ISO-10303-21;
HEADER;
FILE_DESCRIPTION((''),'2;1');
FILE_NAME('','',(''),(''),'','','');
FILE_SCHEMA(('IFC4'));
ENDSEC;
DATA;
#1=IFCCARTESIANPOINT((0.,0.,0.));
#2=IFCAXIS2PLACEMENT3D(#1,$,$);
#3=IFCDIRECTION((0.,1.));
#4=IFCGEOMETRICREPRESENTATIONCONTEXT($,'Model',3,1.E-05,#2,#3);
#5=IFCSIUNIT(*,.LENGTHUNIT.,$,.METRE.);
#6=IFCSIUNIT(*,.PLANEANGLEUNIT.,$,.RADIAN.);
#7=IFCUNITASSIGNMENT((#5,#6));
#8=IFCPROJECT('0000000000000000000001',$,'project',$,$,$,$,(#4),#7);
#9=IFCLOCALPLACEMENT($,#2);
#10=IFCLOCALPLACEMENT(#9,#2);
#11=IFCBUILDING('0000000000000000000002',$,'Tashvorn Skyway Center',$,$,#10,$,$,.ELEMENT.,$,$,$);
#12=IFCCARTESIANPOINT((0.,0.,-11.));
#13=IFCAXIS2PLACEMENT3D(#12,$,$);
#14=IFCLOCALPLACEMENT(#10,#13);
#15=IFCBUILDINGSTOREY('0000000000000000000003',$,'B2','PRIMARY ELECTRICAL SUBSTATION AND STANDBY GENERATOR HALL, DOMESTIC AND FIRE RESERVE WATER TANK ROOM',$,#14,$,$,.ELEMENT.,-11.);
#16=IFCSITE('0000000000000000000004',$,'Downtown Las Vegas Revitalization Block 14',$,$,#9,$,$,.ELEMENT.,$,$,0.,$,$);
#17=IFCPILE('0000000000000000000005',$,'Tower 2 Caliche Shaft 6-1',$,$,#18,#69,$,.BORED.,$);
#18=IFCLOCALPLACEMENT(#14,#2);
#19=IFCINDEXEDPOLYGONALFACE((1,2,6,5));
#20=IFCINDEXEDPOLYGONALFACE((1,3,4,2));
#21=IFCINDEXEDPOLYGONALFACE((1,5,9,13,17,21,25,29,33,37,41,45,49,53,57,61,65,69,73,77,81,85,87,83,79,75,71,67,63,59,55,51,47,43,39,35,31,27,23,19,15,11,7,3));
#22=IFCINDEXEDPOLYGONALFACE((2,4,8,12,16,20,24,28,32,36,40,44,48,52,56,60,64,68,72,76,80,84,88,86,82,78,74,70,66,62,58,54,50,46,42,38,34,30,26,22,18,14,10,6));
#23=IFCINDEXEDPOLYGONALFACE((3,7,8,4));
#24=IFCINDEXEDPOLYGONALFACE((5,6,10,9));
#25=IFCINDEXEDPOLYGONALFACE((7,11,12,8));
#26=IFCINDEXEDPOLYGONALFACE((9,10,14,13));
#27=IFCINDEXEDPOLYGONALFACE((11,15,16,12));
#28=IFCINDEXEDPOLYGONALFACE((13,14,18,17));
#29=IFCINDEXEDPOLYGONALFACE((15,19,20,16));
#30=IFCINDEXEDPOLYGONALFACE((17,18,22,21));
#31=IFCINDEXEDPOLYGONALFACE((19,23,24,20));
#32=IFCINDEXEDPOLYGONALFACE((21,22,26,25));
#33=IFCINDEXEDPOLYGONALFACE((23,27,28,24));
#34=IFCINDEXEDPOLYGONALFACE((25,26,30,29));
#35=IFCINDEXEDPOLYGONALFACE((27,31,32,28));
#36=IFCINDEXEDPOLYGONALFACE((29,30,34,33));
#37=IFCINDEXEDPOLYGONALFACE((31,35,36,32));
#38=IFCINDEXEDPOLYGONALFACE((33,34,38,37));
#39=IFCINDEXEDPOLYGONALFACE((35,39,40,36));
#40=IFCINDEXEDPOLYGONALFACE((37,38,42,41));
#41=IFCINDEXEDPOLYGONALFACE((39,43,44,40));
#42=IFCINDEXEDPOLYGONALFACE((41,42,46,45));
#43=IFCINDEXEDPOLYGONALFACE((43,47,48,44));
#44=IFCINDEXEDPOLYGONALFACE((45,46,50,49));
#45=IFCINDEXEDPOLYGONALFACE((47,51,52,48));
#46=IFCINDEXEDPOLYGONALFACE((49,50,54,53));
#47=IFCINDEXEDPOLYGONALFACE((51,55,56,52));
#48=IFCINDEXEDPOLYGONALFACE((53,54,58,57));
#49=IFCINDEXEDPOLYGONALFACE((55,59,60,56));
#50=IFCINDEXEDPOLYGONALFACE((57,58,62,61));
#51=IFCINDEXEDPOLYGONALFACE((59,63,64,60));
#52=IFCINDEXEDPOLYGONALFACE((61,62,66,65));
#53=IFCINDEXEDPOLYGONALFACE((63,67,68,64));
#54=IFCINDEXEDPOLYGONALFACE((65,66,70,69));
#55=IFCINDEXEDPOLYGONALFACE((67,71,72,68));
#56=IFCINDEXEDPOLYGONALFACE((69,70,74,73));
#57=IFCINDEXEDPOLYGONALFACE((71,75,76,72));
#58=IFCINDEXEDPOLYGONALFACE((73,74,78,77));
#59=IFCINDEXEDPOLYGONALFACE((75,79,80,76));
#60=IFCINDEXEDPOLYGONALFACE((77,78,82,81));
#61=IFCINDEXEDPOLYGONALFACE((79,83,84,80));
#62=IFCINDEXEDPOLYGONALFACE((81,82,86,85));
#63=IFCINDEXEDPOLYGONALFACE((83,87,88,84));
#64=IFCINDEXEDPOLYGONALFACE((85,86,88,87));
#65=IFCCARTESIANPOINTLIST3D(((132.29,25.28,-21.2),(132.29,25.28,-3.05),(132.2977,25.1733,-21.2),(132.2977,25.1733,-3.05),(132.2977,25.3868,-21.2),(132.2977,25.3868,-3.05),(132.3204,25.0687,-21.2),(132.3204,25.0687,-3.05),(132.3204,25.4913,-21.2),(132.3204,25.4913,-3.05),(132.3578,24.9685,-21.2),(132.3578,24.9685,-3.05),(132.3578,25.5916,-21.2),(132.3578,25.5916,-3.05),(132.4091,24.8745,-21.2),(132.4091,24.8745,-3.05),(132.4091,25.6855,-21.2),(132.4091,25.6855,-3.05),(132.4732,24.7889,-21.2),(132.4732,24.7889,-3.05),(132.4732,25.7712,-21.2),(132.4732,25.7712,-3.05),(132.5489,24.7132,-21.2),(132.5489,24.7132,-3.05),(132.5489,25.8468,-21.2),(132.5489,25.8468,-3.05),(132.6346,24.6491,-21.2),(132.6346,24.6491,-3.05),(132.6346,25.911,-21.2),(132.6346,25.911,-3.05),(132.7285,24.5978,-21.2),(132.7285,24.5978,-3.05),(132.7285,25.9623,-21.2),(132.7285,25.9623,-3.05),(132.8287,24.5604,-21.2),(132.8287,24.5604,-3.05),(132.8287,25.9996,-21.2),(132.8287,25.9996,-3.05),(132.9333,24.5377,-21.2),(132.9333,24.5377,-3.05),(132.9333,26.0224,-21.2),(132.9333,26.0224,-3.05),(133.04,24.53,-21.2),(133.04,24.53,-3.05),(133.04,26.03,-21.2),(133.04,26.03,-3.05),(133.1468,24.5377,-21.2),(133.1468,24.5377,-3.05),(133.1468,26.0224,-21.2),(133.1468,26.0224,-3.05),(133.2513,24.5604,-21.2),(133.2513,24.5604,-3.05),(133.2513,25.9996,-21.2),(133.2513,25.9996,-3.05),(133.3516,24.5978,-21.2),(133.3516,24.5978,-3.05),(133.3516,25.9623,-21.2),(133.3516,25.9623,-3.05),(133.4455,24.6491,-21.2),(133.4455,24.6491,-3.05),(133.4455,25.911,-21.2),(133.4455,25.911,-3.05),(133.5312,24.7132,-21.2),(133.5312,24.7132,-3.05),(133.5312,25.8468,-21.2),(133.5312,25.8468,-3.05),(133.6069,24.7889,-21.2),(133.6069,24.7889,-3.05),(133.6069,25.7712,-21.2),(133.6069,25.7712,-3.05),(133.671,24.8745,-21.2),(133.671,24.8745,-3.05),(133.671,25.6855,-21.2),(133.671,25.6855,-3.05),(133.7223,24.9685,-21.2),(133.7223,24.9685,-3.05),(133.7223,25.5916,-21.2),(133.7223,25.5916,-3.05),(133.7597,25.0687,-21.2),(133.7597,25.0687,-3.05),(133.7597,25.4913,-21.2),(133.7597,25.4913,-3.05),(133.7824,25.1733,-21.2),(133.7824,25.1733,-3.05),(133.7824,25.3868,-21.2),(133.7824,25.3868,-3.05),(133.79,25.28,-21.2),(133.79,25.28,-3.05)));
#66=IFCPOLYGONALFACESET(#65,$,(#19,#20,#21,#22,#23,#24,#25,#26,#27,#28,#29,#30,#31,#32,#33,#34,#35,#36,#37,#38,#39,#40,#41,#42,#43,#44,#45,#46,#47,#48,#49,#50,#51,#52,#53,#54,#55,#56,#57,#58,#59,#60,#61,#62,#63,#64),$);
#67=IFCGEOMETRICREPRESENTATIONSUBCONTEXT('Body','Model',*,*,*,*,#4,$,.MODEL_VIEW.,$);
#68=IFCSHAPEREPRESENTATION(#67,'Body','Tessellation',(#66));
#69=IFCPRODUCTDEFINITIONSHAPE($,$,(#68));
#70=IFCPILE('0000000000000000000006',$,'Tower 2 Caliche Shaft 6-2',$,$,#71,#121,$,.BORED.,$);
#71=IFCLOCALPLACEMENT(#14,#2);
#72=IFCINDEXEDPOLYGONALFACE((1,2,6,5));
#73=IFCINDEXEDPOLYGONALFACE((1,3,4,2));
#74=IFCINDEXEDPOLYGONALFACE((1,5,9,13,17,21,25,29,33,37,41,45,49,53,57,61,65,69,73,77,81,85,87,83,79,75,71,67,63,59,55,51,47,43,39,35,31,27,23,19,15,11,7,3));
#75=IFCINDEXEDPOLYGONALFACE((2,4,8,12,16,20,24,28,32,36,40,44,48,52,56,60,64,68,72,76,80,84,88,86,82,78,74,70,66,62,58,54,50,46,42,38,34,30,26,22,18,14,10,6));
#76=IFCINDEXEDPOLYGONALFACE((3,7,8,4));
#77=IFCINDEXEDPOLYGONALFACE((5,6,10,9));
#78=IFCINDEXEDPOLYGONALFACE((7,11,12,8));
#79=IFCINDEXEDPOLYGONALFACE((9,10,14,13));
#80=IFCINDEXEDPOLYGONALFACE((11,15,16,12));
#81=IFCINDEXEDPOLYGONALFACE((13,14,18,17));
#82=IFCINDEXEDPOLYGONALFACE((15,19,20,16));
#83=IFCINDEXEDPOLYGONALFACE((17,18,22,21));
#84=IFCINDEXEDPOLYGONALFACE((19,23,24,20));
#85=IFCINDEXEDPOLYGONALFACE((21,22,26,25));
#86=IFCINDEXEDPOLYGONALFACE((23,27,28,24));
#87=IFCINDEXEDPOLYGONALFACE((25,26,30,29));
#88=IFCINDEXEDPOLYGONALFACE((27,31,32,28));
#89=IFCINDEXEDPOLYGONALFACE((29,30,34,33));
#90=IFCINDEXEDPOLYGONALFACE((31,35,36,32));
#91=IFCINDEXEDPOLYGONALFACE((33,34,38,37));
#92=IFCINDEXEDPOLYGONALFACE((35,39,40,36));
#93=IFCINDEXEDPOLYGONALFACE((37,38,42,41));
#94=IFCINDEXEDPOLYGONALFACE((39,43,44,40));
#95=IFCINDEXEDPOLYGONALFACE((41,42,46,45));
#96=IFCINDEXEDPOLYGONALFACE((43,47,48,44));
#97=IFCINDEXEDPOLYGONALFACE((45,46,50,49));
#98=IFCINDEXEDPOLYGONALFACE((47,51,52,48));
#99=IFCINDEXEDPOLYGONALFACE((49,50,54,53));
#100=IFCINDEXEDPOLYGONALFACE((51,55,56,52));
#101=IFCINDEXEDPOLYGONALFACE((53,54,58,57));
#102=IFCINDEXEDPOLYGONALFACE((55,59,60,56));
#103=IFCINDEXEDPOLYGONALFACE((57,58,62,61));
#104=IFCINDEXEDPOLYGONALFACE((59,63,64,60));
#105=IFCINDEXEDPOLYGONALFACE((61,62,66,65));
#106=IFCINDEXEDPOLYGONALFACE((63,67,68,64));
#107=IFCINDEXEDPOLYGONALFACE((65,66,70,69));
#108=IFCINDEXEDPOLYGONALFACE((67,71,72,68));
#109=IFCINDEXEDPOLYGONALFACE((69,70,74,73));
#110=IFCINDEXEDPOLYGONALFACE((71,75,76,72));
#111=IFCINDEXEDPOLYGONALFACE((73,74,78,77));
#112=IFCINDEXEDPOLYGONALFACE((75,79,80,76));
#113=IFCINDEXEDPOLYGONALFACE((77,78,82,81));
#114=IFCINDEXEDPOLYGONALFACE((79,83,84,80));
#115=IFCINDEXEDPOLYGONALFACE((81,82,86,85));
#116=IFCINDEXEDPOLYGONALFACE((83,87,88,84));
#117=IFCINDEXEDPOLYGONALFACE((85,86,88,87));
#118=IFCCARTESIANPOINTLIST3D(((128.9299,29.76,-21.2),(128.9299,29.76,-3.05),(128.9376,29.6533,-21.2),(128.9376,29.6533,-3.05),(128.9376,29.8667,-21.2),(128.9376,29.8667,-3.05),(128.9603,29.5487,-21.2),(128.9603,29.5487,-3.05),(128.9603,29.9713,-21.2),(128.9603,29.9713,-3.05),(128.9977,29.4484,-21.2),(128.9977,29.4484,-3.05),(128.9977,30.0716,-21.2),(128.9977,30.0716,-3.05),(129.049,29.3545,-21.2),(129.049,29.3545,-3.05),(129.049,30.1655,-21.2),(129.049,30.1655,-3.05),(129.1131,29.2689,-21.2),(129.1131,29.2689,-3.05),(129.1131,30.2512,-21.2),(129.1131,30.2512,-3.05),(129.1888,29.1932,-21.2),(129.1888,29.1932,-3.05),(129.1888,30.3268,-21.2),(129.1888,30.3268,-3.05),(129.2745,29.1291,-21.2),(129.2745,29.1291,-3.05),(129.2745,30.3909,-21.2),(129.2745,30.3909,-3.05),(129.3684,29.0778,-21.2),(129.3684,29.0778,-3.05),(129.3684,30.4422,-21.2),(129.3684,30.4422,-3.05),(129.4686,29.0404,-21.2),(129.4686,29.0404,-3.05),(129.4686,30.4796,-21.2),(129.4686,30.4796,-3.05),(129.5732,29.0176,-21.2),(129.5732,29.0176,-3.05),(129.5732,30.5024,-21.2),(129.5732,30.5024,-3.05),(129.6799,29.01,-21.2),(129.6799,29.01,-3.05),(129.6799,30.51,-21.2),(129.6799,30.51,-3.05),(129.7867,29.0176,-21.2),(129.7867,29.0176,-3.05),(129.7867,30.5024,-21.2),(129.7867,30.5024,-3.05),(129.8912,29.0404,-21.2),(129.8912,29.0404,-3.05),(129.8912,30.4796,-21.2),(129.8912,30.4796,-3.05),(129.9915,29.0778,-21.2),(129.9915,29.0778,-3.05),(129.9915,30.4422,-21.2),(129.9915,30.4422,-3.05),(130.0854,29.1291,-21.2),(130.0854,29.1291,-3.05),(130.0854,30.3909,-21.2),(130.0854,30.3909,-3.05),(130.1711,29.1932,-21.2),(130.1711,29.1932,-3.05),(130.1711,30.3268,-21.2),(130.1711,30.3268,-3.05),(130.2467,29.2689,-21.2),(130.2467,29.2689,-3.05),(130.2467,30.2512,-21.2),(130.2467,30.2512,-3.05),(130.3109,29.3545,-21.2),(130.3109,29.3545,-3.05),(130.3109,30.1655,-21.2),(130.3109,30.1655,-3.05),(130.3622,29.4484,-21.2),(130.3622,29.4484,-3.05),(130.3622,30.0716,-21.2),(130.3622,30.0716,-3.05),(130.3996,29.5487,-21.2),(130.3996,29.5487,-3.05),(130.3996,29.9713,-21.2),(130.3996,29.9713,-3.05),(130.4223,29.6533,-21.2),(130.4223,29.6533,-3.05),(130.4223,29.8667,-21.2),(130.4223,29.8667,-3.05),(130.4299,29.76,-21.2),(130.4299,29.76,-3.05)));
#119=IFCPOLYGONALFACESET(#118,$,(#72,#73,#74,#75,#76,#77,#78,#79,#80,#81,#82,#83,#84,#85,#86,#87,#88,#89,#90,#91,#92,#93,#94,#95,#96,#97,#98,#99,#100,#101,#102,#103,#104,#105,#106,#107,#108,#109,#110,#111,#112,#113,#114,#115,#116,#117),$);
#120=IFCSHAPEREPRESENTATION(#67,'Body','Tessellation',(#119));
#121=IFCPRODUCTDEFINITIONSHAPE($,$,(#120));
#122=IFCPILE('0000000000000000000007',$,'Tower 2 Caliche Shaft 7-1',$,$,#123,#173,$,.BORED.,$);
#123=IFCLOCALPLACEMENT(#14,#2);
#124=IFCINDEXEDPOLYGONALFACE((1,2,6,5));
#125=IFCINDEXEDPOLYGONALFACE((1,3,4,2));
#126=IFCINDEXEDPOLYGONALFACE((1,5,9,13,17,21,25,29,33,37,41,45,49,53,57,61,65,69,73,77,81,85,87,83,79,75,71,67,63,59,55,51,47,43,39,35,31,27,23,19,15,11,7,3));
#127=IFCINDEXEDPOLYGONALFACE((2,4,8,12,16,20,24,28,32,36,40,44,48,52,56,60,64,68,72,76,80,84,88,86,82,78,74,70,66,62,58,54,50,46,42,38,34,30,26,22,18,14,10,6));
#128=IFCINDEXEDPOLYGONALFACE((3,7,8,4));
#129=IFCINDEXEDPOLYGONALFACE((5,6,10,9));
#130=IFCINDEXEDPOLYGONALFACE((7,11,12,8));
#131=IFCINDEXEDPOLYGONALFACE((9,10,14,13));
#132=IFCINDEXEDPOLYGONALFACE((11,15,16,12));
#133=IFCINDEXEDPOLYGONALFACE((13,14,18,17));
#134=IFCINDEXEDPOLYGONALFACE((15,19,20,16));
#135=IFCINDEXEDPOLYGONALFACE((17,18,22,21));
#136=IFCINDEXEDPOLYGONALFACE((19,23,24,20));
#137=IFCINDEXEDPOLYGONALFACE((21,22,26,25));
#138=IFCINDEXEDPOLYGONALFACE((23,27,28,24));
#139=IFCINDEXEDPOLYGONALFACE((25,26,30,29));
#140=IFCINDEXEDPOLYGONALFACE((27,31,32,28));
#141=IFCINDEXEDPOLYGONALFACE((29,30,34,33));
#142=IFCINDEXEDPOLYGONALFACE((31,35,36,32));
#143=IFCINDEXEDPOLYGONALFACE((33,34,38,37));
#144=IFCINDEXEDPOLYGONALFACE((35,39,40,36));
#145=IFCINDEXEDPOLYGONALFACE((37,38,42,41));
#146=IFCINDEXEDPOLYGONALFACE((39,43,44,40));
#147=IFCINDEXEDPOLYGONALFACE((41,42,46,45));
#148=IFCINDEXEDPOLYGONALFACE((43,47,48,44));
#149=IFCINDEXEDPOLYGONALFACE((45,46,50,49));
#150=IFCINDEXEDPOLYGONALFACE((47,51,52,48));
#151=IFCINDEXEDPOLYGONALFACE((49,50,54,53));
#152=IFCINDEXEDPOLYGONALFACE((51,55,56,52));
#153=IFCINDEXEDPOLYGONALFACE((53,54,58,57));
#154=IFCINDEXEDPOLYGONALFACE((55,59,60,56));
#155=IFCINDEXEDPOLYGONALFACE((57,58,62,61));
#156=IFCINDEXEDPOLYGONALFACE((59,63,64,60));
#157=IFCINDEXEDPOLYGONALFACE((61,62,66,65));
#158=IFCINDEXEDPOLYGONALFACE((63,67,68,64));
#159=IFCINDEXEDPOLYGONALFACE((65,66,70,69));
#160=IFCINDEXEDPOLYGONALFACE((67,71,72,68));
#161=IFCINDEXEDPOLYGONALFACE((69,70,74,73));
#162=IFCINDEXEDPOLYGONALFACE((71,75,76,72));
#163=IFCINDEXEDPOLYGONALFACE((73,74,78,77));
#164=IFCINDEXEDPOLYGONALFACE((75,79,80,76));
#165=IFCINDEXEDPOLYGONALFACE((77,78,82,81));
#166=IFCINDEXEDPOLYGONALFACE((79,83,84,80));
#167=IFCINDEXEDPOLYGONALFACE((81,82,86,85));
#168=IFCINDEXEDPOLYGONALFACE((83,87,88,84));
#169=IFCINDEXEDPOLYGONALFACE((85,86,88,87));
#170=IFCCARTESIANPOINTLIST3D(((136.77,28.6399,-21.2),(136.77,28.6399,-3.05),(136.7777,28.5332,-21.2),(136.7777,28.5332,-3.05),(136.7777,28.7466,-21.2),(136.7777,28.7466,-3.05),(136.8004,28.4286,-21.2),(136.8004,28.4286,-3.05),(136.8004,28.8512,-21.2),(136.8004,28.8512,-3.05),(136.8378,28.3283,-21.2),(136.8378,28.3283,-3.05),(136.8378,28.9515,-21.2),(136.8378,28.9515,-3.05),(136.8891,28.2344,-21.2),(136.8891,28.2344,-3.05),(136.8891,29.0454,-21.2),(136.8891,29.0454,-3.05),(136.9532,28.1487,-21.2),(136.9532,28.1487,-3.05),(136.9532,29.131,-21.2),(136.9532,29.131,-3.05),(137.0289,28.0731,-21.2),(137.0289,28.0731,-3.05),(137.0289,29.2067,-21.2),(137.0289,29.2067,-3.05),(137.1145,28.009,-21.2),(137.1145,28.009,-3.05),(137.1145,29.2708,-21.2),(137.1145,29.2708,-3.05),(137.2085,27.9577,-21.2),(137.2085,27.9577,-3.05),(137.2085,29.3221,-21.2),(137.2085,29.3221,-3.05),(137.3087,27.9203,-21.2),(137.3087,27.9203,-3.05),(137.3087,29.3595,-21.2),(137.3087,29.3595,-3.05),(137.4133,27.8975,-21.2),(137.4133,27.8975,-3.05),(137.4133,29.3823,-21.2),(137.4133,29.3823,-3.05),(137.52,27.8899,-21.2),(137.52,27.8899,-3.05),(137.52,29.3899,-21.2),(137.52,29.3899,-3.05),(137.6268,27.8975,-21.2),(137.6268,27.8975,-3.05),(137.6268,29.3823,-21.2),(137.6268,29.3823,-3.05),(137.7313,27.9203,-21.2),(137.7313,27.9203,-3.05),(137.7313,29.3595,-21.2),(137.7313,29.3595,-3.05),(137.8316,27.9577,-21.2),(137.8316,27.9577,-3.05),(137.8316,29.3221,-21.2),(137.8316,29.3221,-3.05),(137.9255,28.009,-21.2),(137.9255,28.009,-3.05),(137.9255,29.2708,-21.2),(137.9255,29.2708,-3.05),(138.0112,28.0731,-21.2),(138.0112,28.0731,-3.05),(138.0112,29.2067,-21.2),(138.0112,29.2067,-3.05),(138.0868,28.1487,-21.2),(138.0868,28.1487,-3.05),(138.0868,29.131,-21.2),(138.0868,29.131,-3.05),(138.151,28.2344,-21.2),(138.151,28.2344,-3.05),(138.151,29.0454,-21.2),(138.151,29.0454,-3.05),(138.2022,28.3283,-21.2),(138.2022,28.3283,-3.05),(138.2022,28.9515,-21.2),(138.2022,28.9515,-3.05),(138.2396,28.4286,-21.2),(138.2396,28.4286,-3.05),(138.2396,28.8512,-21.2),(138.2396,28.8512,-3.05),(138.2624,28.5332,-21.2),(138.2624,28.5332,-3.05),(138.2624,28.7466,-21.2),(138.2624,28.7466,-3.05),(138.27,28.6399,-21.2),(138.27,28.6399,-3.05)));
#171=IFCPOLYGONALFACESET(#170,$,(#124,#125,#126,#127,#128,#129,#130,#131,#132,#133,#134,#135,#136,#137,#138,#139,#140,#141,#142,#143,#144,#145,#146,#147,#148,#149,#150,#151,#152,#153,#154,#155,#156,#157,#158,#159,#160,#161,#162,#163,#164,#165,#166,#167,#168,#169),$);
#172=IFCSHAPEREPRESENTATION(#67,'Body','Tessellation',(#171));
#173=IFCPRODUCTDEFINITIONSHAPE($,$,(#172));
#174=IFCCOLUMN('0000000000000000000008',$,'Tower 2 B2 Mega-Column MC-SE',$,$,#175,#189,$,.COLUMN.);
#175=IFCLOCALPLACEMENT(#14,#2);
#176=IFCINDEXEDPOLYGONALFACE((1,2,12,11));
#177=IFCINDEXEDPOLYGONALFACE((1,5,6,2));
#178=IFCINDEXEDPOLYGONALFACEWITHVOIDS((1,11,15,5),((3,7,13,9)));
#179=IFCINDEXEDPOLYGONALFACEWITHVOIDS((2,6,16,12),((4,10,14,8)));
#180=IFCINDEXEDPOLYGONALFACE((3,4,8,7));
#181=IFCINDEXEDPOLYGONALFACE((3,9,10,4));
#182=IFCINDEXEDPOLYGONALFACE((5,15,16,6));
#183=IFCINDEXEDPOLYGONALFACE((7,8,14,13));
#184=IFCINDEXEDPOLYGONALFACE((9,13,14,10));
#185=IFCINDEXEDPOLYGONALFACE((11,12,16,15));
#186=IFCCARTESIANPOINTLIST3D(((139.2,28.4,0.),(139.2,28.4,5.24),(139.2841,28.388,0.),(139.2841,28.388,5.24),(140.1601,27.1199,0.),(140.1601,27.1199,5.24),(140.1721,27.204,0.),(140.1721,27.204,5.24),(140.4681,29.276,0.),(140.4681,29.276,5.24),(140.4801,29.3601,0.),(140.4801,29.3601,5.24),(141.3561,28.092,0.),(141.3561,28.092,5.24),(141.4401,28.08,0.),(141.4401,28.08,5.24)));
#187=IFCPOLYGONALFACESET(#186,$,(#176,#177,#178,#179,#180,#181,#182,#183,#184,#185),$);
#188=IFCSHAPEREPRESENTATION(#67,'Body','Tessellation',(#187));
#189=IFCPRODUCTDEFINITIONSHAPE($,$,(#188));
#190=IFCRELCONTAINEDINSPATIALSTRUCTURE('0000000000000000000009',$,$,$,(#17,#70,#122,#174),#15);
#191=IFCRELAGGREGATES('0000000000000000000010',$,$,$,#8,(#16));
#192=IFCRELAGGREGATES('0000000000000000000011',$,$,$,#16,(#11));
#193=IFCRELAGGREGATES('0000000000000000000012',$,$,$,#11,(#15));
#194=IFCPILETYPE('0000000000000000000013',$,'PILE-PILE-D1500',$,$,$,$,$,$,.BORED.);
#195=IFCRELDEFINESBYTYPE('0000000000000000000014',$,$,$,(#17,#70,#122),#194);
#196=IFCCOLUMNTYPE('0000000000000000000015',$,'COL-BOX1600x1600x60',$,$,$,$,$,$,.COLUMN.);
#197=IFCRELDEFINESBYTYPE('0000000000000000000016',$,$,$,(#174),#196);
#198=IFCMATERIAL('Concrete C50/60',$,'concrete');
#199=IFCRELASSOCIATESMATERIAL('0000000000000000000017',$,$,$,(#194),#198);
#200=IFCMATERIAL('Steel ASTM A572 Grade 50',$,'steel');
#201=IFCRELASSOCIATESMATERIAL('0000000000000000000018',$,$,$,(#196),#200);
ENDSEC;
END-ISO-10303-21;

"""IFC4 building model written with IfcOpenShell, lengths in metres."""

from ifc_helpers import new_model, si_unit, direction, frame, origin, origin_2d, place, context, subcontext, project, spatial, hollow_rectangle, circle, extrude, material, material_profile, profile_set, type_object, element, save


model = new_model("IFC4")

# Units and contexts
model_context = context("Model", 3, precision=1e-05, world=origin(), true_north=direction((0.0, 1.0)))
body_context = subcontext(model_context, "Body", "Model", "MODEL_VIEW")
ifc_project = project(units=[si_unit("LENGTHUNIT", "METRE"), si_unit("PLANEANGLEUNIT", "RADIAN")], contexts=[model_context])

# Site, building, storey
site_placement = place(None, origin())
site = spatial("IfcSite", under=ifc_project, at=site_placement, Name="Downtown Las Vegas Revitalization Block 14", CompositionType="ELEMENT", RefElevation=0.0)
building_placement = place(site_placement, origin())
building = spatial("IfcBuilding", under=site, at=building_placement, Name="Tashvorn Skyway Center", CompositionType="ELEMENT")
storey_placement = place(building_placement, frame((0.0, 0.0, -11.0)))
storey = spatial("IfcBuildingStorey", under=building, at=storey_placement, Name="B2", Description="PRIMARY ELECTRICAL SUBSTATION AND STANDBY GENERATOR HALL, DOMESTIC AND FIRE RESERVE WATER TANK ROOM", CompositionType="ELEMENT", Elevation=-11.0)

# Piles
ifc_material_1 = material(Name="Concrete C50/60", Category="concrete")
ifc_material_profile_1 = material_profile(ifc_material_1, circle(Radius=0.75, at=origin_2d()), Name="PILE-D1500")
ifc_profile_set_1 = profile_set([ifc_material_profile_1], Name="Concrete C50/60")
pile_type = type_object("IfcPileType", Name="PILE-PILE-D1500", PredefinedType="BORED", material=ifc_profile_set_1)
for number, where, z_axis, x_axis, name in (
    (1, (133.04, 25.28, -3.05), (0.0, 0.0, -1.0), (1.0, 0.0, 0.0), "Tower 2 Caliche Shaft 6-1"),
    (2, (129.6799, 29.76, -3.05), (0.0, 0.0, -1.0), (1.0, 0.0, 0.0), "Tower 2 Caliche Shaft 6-2"),
    (3, (137.52, 28.6399, -3.05), (0.0, 0.0, -1.0), (1.0, 0.0, 0.0), "Tower 2 Caliche Shaft 7-1"),
):
    element("IfcPile", number, at=place(storey_placement, frame(where, z_axis=z_axis, x_axis=x_axis)), inside=storey, type_object=pile_type, Name=name, PredefinedType="BORED", context=body_context, shape_type="SweptSolid", body=[
        extrude(circle(Radius=0.75, at=origin_2d()), origin(), (0.0, 0.0, 1.0), 18.1499),
    ])

# Column
ifc_material_2 = material(Name="Steel ASTM A572 Grade 50", Category="steel")
ifc_material_profile_2 = material_profile(ifc_material_2, hollow_rectangle(XDim=1.6001, YDim=1.6001, WallThickness=0.0601, at=origin_2d()), Name="BOX1600x1600x60")
ifc_profile_set_2 = profile_set([ifc_material_profile_2], Name="Steel ASTM A572 Grade 50")
column_type = type_object("IfcColumnType", Name="COL-BOX1600x1600x60", PredefinedType="COLUMN", material=ifc_profile_set_2)
column_placement = place(storey_placement, frame((140.3201, 28.24, 0.0), z_axis=(0.0, 0.0, 1.0), x_axis=(0.8, 0.6, 0.0)))
element("IfcColumn", 4, at=column_placement, inside=storey, type_object=column_type, Name="Tower 2 B2 Mega-Column MC-SE", PredefinedType="COLUMN", context=body_context, shape_type="SweptSolid", body=[
    extrude(hollow_rectangle(XDim=1.6001, YDim=1.6001, WallThickness=0.0601, at=origin_2d()), origin(), (0.0, 0.0, 1.0), 5.24),
])

save(model, "model.ifc")
